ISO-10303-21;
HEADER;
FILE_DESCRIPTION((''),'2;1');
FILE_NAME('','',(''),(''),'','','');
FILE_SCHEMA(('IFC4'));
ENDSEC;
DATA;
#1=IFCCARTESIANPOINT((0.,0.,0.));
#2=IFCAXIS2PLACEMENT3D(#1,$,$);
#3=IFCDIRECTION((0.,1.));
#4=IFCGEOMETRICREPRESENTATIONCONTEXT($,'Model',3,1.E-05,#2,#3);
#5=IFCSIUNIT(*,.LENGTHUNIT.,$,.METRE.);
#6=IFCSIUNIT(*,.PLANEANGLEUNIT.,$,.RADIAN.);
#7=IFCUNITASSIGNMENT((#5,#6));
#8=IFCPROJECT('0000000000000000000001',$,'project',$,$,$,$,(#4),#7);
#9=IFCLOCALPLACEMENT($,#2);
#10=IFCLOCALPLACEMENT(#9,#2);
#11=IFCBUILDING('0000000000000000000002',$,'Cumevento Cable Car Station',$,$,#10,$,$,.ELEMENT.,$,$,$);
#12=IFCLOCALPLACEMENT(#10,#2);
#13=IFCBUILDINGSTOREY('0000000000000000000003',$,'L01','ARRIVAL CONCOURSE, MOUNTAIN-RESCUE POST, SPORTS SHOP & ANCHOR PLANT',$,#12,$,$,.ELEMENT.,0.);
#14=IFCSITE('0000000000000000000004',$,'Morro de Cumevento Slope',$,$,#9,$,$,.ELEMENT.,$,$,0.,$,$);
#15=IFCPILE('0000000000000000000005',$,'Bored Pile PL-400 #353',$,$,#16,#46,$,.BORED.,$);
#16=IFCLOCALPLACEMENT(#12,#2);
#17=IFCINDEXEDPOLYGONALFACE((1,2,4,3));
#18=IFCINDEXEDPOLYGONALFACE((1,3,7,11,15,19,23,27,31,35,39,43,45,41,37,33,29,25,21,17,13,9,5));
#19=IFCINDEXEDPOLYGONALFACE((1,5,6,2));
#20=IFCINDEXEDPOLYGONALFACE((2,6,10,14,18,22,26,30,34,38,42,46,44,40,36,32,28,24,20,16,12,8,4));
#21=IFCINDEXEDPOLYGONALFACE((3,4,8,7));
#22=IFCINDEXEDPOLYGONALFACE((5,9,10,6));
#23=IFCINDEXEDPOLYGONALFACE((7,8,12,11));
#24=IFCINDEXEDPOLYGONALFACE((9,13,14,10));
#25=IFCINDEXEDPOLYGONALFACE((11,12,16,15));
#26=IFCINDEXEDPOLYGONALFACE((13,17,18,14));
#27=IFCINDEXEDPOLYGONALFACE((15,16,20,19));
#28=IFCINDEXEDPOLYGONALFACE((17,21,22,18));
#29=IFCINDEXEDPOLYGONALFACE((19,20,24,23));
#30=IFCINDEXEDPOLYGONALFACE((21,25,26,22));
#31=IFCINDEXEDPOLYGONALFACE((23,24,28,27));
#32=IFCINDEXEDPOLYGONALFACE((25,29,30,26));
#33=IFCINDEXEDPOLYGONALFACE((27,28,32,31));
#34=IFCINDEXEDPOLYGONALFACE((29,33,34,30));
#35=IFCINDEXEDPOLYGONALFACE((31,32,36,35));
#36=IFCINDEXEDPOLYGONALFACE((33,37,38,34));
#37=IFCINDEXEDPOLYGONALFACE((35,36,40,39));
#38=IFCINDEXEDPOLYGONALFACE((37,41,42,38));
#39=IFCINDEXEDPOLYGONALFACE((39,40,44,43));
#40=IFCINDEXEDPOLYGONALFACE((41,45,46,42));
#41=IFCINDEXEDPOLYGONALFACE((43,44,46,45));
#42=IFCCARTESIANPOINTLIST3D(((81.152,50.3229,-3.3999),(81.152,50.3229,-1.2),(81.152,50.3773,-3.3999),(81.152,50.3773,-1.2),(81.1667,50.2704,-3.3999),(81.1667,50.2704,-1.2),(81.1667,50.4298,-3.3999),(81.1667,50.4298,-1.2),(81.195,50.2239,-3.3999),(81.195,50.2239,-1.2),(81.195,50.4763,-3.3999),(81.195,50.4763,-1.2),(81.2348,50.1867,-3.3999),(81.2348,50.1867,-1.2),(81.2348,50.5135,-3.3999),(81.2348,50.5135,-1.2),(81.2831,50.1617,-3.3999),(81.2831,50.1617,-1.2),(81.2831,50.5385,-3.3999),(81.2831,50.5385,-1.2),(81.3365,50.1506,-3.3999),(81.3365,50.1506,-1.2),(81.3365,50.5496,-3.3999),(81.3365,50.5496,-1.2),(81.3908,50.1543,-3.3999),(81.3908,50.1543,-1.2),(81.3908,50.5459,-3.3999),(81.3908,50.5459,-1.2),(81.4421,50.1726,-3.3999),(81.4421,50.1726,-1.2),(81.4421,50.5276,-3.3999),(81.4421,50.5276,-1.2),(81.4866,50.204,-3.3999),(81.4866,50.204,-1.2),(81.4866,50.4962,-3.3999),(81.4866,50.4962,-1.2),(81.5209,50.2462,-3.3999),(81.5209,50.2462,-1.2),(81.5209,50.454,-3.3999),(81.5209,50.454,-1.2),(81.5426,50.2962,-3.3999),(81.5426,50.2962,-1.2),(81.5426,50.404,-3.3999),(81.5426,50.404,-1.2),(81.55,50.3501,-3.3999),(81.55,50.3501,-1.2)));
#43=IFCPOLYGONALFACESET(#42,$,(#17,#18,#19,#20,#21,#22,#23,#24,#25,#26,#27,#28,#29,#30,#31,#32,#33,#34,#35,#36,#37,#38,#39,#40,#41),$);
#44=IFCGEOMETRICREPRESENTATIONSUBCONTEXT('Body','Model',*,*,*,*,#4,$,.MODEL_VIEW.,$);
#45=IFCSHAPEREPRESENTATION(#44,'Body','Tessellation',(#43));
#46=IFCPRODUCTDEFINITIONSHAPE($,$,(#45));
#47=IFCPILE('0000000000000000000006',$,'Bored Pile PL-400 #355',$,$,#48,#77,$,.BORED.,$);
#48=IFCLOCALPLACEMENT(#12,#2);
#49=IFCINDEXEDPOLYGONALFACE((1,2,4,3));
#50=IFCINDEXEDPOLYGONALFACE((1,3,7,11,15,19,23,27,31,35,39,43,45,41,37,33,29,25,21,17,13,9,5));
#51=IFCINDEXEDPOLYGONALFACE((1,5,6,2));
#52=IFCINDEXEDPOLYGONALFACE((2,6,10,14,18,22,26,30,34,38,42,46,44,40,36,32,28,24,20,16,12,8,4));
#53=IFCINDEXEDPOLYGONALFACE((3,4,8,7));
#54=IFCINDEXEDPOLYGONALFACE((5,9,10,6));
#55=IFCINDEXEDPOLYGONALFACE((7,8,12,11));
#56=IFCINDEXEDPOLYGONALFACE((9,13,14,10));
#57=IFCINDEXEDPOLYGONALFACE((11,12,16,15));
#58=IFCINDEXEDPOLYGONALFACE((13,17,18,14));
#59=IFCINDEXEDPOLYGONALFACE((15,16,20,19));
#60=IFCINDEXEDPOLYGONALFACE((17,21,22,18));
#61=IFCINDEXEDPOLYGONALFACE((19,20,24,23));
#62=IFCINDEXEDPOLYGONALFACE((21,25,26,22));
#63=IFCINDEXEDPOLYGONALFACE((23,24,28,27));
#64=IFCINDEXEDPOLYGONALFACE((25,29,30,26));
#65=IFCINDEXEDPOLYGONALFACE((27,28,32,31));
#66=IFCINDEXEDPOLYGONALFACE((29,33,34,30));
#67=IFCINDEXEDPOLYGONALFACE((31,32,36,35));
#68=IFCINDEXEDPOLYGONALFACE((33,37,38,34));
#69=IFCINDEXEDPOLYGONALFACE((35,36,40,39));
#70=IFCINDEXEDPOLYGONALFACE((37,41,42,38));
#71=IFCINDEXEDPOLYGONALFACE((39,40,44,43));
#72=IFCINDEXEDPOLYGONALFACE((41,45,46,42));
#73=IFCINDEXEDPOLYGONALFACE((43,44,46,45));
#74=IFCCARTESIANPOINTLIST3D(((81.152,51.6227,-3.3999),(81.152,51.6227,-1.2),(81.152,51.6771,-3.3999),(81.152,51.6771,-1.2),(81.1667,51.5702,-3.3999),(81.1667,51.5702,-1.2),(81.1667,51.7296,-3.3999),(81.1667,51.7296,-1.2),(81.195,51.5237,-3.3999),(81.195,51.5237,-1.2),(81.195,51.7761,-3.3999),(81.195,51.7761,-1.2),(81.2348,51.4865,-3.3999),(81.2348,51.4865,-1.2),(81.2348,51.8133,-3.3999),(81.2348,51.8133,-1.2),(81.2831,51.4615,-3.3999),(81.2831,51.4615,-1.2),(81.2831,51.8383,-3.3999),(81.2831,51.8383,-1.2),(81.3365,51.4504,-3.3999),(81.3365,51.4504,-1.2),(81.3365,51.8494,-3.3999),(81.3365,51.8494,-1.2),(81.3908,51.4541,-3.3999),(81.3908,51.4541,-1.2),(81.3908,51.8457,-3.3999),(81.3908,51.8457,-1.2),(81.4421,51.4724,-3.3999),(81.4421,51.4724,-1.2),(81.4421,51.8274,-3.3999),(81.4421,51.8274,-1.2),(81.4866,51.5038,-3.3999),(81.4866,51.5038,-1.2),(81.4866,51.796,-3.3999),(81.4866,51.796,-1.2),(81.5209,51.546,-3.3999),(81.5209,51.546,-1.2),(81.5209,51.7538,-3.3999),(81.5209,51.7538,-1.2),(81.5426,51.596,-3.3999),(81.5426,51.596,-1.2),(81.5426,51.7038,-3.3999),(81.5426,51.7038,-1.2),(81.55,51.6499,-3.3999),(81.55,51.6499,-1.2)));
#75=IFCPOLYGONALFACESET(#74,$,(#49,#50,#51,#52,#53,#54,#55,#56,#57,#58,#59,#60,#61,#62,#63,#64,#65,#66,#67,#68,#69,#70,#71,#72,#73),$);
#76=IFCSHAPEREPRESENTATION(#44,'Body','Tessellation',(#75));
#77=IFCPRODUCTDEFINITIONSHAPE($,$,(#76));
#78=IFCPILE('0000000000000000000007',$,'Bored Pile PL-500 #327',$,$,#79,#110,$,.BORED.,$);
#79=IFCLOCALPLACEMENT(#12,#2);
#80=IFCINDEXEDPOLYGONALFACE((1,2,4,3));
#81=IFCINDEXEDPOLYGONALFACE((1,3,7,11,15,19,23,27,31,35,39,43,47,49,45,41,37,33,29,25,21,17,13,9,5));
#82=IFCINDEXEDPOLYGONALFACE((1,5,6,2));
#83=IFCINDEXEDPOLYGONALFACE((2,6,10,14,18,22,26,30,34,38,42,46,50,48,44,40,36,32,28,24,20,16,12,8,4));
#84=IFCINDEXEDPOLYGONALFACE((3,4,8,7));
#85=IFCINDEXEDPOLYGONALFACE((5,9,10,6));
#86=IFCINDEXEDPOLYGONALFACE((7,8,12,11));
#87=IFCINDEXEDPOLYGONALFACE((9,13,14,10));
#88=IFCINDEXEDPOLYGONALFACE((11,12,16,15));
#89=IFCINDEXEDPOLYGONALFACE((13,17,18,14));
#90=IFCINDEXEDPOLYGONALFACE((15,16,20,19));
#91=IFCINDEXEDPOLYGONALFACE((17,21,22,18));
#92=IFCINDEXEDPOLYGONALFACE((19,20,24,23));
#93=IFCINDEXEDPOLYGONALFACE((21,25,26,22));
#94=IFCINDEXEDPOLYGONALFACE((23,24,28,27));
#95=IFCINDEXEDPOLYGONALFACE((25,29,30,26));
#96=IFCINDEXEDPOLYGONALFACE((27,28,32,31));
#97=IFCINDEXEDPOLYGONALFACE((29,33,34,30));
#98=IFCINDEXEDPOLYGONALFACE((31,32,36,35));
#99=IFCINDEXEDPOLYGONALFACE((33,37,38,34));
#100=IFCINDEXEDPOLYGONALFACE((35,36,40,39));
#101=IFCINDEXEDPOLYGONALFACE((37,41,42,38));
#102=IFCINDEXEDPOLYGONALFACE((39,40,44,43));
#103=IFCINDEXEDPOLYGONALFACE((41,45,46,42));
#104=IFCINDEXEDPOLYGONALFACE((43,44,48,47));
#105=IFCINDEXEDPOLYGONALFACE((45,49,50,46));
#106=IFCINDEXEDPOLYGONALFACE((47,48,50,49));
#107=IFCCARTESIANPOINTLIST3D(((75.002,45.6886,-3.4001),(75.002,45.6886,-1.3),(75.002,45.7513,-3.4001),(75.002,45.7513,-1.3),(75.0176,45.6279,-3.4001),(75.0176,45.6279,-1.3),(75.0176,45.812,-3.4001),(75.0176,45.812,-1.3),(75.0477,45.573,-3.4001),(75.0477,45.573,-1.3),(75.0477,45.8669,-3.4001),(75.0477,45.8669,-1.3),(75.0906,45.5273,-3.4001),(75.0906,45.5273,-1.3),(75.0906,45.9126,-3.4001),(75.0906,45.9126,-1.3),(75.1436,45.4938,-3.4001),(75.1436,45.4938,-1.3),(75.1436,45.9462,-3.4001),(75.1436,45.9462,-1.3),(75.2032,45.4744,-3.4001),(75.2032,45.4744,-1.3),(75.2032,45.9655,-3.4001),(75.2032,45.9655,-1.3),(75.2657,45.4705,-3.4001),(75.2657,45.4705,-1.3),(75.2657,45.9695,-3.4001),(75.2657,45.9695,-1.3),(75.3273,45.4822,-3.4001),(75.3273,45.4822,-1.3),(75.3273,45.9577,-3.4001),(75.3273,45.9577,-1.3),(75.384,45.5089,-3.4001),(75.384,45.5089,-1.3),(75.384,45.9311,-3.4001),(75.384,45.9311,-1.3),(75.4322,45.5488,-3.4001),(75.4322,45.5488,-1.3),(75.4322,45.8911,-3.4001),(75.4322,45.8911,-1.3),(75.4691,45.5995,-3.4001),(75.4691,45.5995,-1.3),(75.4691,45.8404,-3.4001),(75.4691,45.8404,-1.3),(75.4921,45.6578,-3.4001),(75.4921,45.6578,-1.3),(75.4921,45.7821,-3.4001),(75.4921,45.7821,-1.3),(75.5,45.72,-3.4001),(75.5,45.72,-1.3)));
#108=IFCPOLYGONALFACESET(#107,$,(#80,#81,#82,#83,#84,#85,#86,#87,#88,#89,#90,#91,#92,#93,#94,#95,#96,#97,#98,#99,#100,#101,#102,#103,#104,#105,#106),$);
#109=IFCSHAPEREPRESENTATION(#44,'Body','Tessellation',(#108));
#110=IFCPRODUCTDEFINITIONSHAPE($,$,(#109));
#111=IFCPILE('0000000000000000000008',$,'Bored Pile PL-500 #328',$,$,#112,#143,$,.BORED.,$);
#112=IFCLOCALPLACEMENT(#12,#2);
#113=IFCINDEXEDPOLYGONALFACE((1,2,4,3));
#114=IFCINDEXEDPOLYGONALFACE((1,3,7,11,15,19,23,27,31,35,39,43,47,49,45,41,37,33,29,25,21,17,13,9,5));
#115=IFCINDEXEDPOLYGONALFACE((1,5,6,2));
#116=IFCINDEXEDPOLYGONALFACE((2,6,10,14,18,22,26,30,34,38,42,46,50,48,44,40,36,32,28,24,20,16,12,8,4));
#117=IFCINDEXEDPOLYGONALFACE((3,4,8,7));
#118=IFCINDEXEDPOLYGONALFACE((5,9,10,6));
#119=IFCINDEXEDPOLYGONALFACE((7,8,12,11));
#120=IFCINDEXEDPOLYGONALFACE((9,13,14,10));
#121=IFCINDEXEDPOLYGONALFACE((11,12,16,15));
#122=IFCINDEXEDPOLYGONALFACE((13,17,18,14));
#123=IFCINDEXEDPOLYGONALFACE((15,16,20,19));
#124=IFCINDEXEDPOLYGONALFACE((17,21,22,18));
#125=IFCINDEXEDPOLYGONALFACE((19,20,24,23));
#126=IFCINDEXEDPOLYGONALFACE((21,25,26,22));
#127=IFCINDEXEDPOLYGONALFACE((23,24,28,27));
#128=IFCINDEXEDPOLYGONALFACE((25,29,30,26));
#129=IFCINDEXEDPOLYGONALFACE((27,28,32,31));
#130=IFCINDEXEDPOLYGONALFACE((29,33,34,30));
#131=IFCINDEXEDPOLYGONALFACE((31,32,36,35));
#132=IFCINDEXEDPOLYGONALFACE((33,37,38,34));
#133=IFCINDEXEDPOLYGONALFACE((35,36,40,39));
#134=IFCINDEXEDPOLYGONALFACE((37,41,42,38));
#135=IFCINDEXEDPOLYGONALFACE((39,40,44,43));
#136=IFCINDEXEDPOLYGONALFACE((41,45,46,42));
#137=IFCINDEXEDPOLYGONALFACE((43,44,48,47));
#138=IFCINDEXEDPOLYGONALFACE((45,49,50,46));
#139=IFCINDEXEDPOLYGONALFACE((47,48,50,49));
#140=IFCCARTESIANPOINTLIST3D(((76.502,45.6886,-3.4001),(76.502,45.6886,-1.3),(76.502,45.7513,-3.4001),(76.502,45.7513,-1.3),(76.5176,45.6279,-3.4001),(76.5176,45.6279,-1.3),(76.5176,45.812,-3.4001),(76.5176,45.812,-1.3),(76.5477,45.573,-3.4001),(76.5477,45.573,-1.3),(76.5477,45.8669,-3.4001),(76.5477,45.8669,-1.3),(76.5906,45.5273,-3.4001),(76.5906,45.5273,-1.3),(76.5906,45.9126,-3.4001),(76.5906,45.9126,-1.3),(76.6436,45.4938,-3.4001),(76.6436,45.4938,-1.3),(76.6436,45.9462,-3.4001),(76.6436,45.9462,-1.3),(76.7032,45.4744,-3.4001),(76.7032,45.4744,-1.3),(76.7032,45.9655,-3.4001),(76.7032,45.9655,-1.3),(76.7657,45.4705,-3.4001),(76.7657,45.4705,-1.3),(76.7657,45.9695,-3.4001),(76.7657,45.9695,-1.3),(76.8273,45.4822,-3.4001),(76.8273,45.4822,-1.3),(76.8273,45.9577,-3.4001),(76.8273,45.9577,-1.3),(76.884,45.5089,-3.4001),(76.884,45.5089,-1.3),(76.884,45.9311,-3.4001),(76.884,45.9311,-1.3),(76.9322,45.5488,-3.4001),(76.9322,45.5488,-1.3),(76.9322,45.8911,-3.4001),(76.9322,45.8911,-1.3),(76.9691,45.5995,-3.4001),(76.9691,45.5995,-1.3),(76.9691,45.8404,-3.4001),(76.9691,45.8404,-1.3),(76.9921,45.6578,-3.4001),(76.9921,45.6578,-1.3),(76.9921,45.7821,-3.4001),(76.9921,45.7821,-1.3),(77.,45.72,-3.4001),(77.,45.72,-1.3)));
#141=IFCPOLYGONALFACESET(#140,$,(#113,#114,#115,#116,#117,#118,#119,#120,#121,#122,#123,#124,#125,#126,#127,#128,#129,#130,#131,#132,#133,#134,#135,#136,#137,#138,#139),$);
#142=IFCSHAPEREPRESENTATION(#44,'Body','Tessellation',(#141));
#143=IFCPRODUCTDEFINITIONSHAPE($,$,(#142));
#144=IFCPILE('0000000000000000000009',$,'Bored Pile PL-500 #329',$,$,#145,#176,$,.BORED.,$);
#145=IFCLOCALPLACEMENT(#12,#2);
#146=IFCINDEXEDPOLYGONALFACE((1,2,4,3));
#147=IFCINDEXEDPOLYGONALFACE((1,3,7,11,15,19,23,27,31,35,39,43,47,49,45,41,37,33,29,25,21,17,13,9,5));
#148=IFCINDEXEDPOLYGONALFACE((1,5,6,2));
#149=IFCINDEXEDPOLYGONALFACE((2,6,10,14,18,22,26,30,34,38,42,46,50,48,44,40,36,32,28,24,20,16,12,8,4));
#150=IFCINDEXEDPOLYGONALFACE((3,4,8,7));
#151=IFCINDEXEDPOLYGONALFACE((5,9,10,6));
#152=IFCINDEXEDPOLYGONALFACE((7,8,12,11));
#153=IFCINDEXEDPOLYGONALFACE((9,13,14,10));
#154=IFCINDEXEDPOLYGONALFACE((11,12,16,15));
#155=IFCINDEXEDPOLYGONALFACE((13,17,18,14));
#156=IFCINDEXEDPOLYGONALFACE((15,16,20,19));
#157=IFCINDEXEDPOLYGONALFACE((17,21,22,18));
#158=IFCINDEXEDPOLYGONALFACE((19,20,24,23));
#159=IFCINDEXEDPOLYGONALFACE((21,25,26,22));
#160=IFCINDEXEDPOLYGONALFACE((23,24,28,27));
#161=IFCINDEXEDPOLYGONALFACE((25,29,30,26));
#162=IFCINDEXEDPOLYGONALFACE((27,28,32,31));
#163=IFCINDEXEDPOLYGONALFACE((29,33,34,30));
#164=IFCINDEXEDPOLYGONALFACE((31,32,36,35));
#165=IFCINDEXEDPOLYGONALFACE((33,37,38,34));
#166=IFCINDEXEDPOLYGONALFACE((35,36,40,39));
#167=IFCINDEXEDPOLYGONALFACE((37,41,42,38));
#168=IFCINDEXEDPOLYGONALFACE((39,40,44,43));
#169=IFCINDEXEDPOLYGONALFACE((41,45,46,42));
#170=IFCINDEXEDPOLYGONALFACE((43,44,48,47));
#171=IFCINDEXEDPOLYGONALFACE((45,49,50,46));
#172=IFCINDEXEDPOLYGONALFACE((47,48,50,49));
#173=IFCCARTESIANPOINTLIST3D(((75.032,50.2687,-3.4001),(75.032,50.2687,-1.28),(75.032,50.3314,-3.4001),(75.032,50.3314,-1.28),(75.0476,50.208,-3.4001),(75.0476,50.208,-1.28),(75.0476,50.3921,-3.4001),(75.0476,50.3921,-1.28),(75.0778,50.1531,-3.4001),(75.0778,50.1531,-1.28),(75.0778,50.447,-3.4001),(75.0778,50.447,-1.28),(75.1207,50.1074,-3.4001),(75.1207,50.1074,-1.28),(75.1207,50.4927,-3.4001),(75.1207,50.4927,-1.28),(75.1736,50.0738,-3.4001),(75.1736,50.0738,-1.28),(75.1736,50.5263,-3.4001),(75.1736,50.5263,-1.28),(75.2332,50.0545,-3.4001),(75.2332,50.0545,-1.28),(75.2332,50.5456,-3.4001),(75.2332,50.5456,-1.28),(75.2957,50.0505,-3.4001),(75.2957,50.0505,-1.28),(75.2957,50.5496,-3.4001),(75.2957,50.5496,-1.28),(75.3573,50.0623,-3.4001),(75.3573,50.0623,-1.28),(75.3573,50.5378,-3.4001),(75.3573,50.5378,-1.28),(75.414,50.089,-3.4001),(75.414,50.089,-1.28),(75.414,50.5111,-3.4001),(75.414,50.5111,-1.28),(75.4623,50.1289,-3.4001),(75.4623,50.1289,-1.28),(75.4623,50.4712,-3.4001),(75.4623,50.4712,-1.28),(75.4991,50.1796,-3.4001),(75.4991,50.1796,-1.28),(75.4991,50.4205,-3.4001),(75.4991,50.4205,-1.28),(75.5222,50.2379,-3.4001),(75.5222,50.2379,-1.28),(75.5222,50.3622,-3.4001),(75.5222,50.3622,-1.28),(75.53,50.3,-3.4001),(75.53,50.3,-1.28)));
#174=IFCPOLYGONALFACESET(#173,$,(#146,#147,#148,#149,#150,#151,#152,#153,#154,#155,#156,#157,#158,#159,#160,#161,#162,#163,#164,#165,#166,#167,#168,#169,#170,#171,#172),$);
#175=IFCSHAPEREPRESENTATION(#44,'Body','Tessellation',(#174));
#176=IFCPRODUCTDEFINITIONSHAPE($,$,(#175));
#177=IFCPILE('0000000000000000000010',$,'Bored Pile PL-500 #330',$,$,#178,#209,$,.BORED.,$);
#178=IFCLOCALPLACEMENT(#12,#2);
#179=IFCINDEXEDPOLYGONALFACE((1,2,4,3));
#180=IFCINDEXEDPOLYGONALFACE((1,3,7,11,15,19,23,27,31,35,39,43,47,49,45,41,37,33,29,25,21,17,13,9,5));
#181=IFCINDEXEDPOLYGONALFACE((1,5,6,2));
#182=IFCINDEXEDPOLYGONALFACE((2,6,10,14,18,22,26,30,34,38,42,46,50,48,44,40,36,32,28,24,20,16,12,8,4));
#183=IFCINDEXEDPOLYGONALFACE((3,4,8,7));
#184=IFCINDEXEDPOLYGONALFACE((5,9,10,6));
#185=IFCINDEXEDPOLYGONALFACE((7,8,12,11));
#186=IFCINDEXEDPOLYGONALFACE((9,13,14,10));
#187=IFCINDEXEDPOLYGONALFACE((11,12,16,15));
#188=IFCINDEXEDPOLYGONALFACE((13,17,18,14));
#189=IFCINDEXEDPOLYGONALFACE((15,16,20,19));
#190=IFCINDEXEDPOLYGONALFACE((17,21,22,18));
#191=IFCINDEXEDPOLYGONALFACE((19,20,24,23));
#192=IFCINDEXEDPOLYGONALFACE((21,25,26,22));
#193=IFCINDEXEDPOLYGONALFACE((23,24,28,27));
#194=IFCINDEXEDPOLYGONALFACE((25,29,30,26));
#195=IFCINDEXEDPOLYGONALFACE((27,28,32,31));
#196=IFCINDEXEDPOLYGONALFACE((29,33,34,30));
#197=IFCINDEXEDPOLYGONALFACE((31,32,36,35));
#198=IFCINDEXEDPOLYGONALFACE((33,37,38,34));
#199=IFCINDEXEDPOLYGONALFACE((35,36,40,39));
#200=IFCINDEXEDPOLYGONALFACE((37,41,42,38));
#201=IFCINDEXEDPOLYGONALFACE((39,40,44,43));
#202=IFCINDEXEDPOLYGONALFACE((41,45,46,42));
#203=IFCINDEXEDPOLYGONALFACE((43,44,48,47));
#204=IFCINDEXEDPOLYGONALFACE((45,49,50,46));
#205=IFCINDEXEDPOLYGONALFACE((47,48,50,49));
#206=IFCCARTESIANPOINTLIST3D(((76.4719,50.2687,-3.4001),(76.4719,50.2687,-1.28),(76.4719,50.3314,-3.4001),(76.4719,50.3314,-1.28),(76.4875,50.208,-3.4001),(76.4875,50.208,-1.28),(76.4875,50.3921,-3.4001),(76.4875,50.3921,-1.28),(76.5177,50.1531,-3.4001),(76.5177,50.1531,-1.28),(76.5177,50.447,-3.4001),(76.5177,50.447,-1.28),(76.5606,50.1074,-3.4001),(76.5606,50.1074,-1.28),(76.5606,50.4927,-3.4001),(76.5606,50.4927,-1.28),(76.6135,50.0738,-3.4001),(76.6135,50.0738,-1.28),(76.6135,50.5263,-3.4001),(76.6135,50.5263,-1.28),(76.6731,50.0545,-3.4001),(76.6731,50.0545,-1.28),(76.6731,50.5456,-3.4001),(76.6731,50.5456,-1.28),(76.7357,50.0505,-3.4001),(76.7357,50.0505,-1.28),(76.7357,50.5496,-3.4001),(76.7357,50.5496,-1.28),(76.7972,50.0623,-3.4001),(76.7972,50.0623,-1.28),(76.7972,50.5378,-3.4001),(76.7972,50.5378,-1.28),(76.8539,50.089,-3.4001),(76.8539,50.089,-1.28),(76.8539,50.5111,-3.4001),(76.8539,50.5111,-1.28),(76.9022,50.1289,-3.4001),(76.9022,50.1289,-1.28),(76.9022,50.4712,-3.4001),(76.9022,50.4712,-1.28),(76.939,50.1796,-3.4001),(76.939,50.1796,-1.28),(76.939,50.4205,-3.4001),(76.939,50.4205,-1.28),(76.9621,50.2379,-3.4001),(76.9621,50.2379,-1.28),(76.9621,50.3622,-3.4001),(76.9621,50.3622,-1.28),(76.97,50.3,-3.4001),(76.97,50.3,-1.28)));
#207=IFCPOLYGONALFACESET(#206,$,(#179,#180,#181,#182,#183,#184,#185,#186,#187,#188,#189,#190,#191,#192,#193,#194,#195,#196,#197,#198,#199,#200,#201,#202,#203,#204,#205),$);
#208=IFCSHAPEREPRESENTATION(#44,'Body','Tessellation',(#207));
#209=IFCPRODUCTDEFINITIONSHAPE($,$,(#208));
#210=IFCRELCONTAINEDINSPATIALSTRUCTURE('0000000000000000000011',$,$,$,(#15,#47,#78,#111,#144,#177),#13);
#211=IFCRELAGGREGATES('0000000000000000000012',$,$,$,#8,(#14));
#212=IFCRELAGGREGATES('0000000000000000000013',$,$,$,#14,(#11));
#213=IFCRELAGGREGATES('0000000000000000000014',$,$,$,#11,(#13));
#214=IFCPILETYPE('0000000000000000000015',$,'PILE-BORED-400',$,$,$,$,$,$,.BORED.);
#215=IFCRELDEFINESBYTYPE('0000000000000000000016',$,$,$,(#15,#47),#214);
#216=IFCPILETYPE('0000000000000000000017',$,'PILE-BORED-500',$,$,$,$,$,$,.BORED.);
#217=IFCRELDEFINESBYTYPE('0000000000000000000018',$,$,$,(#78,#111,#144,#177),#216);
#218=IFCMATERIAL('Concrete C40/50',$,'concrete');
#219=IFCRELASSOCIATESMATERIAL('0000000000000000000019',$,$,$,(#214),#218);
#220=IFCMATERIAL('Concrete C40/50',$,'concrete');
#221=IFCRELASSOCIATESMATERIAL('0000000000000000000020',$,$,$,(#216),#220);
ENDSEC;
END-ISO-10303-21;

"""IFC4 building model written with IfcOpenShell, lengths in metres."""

from ifc_helpers import new_model, si_unit, direction, frame, origin, origin_2d, place, context, subcontext, project, spatial, circle, extrude, material, material_profile, profile_set, type_object, element, save


model = new_model("IFC4")

# Units and contexts
model_context = context("Model", 3, precision=1e-05, world=origin(), true_north=direction((0.0, 1.0)))
body_context = subcontext(model_context, "Body", "Model", "MODEL_VIEW")
ifc_project = project(units=[si_unit("LENGTHUNIT", "METRE"), si_unit("PLANEANGLEUNIT", "RADIAN")], contexts=[model_context])

# Site, building, storey
site_placement = place(None, origin())
site = spatial("IfcSite", under=ifc_project, at=site_placement, Name="Morro de Cumevento Slope", CompositionType="ELEMENT", RefElevation=0.0)
building_placement = place(site_placement, origin())
building = spatial("IfcBuilding", under=site, at=building_placement, Name="Cumevento Cable Car Station", CompositionType="ELEMENT")
storey_placement = place(building_placement, origin())
storey = spatial("IfcBuildingStorey", under=building, at=storey_placement, Name="L01", Description="ARRIVAL CONCOURSE, MOUNTAIN-RESCUE POST, SPORTS SHOP & ANCHOR PLANT", CompositionType="ELEMENT", Elevation=0.0)

# Piles
ifc_material_1 = material(Name="Concrete C40/50", Category="concrete")
ifc_material_profile_1 = material_profile(ifc_material_1, circle(Radius=0.2, at=origin_2d()), Name="PILE-D400")
ifc_profile_set_1 = profile_set([ifc_material_profile_1], Name="Concrete C40/50")
pile_type_1 = type_object("IfcPileType", Name="PILE-BORED-400", PredefinedType="BORED", material=ifc_profile_set_1)
for number, where, z_axis, x_axis, name in (
    (1, (81.3501, 50.3501, -1.2), (0.0, 0.0, -1.0), (1.0, 0.0, 0.0), "Bored Pile PL-400 #353"),
    (2, (81.3501, 51.6499, -1.2), (0.0, 0.0, -1.0), (1.0, 0.0, 0.0), "Bored Pile PL-400 #355"),
):
    element("IfcPile", number, at=place(storey_placement, frame(where, z_axis=z_axis, x_axis=x_axis)), inside=storey, type_object=pile_type_1, Name=name, PredefinedType="BORED", context=body_context, shape_type="SweptSolid", body=[
        extrude(circle(Radius=0.2, at=origin_2d()), origin(), (0.0, 0.0, 1.0), 2.2),
    ])
ifc_material_2 = material(Name="Concrete C40/50", Category="concrete")
ifc_material_profile_2 = material_profile(ifc_material_2, circle(Radius=0.25, at=origin_2d()), Name="PILE-D500")
ifc_profile_set_2 = profile_set([ifc_material_profile_2], Name="Concrete C40/50")
pile_type_2 = type_object("IfcPileType", Name="PILE-BORED-500", PredefinedType="BORED", material=ifc_profile_set_2)
for number, where, z_axis, x_axis, name in (
    (3, (75.25, 45.72, -1.3), (0.0, 0.0, -1.0), (1.0, 0.0, 0.0), "Bored Pile PL-500 #327"),
    (4, (76.75, 45.72, -1.3), (0.0, 0.0, -1.0), (1.0, 0.0, 0.0), "Bored Pile PL-500 #328"),
):
    element("IfcPile", number, at=place(storey_placement, frame(where, z_axis=z_axis, x_axis=x_axis)), inside=storey, type_object=pile_type_2, Name=name, PredefinedType="BORED", context=body_context, shape_type="SweptSolid", body=[
        extrude(circle(Radius=0.25, at=origin_2d()), origin(), (0.0, 0.0, 1.0), 2.1001),
    ])
for number, where, z_axis, x_axis, name in (
    (5, (75.28, 50.3, -1.28), (0.0, 0.0, -1.0), (1.0, 0.0, 0.0), "Bored Pile PL-500 #329"),
    (6, (76.72, 50.3, -1.28), (0.0, 0.0, -1.0), (1.0, 0.0, 0.0), "Bored Pile PL-500 #330"),
):
    element("IfcPile", number, at=place(storey_placement, frame(where, z_axis=z_axis, x_axis=x_axis)), inside=storey, type_object=pile_type_2, Name=name, PredefinedType="BORED", context=body_context, shape_type="SweptSolid", body=[
        extrude(circle(Radius=0.25, at=origin_2d()), origin(), (0.0, 0.0, 1.0), 2.1201),
    ])

save(model, "model.ifc")
